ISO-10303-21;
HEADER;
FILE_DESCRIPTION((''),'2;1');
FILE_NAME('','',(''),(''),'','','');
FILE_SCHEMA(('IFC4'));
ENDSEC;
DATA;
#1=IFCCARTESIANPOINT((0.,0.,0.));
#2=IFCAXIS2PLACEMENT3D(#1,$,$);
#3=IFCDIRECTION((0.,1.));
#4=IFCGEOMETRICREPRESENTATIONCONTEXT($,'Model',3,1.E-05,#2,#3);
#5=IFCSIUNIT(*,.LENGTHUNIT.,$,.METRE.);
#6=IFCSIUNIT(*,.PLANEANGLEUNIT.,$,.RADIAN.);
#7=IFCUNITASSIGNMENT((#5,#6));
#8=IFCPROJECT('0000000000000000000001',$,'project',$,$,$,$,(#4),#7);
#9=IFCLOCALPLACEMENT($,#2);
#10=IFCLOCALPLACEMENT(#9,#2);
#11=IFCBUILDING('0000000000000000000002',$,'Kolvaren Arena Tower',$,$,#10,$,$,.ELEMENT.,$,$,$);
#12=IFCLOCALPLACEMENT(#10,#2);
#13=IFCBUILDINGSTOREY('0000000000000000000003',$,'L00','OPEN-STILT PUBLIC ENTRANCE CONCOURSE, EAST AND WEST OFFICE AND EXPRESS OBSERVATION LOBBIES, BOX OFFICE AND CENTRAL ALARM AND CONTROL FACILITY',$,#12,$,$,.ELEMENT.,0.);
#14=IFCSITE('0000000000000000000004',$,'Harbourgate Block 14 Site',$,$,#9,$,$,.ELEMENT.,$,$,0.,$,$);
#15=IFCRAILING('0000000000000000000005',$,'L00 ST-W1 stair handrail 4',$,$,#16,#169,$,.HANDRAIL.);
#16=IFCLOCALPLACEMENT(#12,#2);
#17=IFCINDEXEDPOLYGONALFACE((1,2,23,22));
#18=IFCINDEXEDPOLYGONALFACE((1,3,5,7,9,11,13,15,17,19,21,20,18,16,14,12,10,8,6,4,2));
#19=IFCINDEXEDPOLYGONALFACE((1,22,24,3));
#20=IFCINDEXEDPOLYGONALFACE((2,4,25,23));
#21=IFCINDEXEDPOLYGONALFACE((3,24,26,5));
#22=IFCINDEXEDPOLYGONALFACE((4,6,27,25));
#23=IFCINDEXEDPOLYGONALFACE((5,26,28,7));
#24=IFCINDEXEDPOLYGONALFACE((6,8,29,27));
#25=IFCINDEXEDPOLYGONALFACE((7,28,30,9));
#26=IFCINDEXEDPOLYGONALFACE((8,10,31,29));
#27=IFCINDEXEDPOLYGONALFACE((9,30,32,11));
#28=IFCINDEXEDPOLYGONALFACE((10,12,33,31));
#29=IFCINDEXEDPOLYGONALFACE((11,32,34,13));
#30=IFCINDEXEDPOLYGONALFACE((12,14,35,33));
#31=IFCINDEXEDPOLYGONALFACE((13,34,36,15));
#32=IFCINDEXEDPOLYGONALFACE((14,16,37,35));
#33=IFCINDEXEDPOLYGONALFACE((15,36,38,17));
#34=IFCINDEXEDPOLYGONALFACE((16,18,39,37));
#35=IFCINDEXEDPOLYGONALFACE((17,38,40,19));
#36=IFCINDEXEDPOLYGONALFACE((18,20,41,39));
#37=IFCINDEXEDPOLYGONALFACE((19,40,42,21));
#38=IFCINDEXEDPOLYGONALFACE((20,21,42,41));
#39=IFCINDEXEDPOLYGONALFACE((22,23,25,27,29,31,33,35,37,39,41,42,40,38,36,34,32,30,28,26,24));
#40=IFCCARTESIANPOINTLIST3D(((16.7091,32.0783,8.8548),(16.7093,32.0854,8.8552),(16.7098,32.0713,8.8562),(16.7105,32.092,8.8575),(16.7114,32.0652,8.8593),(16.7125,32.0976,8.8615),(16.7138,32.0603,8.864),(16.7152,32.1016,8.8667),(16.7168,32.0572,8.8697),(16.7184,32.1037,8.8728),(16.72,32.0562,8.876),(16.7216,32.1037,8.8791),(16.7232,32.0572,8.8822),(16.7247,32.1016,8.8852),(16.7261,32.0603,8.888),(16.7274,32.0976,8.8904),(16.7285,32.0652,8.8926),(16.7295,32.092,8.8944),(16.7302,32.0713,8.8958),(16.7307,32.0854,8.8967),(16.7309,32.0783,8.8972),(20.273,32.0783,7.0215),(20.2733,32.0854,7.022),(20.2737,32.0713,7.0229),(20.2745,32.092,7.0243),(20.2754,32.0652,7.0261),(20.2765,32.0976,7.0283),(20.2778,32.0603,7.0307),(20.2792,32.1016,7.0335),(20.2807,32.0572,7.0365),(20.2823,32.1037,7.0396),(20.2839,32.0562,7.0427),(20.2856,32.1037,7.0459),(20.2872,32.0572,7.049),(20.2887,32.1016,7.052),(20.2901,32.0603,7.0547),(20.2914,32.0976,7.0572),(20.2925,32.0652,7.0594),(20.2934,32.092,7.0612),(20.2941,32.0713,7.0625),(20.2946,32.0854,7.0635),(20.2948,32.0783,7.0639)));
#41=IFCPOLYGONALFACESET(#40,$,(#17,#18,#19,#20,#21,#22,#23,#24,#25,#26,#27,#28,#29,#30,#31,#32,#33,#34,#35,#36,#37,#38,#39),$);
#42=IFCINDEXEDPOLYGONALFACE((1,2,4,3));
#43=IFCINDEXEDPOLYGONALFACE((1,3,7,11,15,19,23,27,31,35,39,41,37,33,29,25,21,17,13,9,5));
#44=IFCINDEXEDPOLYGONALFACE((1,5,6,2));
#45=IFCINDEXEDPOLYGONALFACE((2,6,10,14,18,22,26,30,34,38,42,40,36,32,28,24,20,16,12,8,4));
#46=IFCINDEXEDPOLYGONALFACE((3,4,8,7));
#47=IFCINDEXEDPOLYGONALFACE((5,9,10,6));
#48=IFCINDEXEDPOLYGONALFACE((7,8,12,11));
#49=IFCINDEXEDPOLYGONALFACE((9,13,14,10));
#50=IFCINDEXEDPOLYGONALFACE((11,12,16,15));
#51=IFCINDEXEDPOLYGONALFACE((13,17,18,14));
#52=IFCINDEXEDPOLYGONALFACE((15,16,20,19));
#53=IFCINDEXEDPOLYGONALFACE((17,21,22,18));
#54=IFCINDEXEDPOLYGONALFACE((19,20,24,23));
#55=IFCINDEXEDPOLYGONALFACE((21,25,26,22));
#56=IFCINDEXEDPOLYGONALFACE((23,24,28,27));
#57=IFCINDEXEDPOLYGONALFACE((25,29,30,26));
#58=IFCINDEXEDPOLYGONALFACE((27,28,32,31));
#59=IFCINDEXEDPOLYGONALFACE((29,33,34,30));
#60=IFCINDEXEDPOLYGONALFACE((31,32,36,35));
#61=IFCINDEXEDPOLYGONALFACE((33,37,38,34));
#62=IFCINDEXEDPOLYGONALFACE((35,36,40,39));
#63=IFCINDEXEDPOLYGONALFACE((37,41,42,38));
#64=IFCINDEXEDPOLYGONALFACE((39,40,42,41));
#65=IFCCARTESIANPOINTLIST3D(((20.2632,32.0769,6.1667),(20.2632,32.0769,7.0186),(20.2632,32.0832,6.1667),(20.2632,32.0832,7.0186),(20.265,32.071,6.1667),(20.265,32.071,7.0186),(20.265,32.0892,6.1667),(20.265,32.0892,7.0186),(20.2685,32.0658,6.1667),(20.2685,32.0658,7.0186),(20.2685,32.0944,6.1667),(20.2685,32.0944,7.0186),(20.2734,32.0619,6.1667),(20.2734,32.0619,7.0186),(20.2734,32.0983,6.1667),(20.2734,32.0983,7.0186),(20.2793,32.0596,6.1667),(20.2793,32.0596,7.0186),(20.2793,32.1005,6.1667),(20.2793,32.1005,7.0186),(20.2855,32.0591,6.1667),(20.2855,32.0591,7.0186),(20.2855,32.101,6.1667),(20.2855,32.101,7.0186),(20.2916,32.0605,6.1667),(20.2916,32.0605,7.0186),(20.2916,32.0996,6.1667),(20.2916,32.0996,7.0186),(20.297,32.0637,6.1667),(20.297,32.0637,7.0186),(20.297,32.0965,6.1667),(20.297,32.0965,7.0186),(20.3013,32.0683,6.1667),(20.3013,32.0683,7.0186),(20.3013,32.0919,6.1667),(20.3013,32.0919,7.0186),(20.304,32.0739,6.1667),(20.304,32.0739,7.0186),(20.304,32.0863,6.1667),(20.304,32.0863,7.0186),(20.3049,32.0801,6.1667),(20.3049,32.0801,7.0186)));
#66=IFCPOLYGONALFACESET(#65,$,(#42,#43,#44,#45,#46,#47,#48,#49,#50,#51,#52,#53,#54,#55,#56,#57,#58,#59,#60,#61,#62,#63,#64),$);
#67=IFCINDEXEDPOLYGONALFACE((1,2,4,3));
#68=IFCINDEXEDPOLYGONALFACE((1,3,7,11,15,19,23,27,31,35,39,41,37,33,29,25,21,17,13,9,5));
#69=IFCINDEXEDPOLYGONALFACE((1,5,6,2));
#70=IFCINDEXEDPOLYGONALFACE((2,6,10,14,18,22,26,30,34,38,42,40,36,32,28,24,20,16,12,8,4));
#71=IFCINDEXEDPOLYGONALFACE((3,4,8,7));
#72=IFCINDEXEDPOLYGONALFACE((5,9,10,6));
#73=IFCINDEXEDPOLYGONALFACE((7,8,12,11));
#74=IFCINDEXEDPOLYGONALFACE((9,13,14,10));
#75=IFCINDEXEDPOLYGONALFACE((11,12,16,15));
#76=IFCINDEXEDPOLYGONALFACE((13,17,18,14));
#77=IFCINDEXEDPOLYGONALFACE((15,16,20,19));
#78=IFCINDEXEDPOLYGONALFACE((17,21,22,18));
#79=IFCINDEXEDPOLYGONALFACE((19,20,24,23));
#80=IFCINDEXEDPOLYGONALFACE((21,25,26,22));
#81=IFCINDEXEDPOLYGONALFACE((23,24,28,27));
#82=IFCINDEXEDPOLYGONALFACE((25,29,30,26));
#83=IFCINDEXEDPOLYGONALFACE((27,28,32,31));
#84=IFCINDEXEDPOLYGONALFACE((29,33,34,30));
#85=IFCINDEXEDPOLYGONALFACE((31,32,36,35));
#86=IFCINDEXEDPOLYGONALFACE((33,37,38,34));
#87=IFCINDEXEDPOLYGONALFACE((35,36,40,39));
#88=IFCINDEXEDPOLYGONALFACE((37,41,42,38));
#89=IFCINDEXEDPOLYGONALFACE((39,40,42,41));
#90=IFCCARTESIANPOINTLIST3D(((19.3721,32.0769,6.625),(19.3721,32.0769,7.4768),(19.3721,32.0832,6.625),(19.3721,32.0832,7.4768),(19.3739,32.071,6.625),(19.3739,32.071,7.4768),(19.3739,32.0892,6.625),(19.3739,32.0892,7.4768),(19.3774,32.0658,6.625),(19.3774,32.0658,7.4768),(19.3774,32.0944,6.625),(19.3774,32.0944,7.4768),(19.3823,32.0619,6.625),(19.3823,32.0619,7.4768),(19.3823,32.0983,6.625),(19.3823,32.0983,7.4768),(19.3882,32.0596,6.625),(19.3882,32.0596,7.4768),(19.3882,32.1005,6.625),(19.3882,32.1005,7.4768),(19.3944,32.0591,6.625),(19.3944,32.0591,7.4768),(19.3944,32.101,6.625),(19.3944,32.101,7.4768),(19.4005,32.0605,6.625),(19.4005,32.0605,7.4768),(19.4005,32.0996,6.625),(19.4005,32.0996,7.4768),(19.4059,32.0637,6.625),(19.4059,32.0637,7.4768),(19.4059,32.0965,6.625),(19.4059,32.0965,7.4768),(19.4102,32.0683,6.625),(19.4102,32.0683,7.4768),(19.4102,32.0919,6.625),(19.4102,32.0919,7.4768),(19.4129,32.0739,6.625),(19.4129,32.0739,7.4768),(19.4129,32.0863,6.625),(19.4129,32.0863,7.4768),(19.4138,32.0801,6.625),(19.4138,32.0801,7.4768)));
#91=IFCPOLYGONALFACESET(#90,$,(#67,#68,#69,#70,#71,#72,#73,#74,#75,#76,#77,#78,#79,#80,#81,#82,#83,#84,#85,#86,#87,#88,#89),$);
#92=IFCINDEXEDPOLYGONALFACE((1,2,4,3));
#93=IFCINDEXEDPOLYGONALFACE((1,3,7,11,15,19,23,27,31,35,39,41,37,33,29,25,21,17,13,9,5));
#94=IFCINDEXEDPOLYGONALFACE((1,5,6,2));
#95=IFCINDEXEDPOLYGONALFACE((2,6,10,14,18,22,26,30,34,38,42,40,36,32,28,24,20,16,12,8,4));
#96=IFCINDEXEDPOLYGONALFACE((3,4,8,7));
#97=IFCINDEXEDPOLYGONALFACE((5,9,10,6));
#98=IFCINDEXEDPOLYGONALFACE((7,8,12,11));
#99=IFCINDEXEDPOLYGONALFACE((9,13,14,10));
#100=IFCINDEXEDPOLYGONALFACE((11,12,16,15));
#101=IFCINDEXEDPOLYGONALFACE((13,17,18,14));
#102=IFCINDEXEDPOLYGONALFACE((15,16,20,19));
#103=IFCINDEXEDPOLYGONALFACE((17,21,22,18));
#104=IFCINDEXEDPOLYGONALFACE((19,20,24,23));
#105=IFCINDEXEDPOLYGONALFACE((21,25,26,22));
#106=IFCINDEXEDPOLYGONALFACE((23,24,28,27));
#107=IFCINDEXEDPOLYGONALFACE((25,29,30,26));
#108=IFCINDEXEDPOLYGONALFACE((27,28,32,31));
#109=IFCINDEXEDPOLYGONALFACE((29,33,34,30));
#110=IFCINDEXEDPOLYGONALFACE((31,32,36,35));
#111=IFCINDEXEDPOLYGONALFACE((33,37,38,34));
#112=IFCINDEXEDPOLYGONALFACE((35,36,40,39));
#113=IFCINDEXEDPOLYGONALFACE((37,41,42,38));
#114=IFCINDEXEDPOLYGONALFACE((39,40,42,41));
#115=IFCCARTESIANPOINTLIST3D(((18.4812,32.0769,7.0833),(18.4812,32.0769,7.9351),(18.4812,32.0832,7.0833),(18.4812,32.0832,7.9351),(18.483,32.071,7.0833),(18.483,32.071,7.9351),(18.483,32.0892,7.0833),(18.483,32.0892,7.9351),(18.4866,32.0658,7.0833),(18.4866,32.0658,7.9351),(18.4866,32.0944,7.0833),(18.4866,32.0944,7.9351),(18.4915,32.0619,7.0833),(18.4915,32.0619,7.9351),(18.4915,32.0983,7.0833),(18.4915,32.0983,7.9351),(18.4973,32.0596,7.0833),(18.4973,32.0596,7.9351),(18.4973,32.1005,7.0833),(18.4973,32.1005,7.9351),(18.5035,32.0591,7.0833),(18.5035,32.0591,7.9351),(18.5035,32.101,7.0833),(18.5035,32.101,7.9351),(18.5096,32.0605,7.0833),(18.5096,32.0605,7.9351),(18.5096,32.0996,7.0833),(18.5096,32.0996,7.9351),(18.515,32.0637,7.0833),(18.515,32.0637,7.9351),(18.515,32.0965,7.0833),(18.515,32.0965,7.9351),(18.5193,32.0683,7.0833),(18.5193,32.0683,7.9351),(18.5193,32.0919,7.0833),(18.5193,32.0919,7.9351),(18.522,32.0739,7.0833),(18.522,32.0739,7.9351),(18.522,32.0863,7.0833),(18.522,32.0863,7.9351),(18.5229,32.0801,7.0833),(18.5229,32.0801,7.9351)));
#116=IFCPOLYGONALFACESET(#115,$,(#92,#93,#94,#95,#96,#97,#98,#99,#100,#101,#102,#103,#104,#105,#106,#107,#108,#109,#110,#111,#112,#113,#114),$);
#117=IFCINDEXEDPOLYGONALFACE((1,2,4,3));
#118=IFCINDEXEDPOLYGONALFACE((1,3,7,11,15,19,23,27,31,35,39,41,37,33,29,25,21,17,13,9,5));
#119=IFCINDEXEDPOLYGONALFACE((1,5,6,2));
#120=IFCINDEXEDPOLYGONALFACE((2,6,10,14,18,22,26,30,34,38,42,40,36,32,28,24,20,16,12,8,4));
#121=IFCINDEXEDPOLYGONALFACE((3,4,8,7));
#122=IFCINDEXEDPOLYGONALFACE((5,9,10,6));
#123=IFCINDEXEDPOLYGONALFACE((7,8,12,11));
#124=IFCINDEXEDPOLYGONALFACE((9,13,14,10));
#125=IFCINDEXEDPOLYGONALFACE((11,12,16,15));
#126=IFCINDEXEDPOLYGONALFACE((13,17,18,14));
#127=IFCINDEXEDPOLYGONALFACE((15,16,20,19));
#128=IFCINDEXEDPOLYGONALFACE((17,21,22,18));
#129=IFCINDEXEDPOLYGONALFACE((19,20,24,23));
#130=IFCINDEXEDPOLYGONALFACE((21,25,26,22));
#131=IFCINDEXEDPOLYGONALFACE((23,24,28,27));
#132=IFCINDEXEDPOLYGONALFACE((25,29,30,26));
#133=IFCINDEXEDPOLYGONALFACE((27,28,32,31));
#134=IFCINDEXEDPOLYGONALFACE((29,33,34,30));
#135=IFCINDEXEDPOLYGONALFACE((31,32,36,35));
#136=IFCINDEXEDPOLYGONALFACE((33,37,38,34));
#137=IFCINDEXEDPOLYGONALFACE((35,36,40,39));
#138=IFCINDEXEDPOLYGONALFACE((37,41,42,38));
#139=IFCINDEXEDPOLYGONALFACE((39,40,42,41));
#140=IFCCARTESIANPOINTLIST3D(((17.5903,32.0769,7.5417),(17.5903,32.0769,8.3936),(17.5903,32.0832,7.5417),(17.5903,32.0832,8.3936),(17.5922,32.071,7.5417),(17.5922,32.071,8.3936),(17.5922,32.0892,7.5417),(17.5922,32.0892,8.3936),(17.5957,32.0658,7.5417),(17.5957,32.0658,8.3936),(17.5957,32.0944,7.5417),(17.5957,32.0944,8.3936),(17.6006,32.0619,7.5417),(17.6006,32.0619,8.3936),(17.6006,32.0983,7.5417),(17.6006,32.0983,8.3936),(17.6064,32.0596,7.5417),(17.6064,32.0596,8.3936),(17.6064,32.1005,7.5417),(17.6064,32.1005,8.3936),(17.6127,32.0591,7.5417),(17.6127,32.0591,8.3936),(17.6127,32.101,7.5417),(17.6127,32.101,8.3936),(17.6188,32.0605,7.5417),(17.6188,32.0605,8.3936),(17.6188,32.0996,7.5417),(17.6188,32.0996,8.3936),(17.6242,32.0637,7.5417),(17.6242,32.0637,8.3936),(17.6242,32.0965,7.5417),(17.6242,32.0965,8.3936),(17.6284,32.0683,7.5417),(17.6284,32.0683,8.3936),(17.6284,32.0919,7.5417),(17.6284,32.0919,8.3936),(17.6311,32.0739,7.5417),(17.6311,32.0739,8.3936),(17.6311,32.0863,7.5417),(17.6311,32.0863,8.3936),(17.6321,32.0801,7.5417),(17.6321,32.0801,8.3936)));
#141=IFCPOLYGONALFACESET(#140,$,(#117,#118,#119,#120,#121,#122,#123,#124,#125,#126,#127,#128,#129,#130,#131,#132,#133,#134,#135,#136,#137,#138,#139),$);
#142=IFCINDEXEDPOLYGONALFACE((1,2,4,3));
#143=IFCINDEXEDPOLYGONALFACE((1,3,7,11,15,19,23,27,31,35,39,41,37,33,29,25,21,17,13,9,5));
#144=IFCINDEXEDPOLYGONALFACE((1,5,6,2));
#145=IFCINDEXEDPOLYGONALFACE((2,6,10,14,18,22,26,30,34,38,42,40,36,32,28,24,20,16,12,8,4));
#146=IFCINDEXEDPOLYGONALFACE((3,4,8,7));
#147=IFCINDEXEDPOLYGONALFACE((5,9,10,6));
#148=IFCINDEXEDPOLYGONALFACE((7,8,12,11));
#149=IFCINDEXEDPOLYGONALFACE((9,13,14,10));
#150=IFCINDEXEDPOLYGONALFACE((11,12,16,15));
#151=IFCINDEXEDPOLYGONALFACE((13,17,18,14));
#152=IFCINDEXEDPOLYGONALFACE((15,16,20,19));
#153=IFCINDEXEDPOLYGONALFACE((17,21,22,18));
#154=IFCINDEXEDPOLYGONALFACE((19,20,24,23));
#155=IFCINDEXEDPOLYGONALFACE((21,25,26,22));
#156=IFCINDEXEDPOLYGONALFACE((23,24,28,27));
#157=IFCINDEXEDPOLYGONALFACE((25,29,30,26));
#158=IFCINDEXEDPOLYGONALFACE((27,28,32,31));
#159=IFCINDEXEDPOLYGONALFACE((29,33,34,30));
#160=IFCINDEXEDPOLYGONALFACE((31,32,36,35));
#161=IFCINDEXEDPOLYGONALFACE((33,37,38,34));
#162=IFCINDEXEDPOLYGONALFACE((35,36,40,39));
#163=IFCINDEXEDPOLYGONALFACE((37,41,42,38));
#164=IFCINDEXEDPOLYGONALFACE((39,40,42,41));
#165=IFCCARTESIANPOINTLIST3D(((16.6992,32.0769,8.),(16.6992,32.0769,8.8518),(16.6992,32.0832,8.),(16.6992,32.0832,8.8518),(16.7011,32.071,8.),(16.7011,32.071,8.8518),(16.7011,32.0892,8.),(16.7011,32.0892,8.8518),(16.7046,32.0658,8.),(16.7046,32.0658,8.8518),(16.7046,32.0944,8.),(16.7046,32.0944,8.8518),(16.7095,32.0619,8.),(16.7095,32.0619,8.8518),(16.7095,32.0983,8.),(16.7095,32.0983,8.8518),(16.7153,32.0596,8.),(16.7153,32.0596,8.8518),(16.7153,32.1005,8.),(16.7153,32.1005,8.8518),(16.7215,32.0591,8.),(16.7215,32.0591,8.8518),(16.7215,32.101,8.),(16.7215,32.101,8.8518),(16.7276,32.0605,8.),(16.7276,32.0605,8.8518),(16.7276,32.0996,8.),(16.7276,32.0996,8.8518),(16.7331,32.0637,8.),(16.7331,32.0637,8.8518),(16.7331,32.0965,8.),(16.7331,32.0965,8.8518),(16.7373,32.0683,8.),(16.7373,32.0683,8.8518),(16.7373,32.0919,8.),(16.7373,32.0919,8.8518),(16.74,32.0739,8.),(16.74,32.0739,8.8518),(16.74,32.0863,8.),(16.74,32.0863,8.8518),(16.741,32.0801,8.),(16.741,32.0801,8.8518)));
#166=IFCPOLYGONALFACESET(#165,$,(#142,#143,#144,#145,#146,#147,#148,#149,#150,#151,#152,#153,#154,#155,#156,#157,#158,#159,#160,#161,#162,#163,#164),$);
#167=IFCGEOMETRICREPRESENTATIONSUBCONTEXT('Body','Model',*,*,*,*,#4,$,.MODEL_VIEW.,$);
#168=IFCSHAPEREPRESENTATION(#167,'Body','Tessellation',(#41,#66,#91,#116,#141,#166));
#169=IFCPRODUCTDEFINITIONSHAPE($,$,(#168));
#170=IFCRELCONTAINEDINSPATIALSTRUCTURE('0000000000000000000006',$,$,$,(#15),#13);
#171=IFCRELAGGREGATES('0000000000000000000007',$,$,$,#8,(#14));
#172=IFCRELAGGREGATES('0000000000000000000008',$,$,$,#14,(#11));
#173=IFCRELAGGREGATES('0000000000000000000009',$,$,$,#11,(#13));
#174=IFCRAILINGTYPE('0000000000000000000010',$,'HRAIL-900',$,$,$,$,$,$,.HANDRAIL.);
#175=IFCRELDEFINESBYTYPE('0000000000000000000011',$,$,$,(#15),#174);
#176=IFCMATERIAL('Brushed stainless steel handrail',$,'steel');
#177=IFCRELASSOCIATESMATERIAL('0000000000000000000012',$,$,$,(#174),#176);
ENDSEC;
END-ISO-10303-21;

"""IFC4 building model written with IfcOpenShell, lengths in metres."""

from ifc_helpers import new_model, si_unit, direction, frame, origin, origin_2d, place, context, subcontext, project, spatial, circle, extrude, material, type_object, element, save


model = new_model("IFC4")

# Units and contexts
model_context = context("Model", 3, precision=1e-05, world=origin(), true_north=direction((0.0, 1.0)))
body_context = subcontext(model_context, "Body", "Model", "MODEL_VIEW")
ifc_project = project(units=[si_unit("LENGTHUNIT", "METRE"), si_unit("PLANEANGLEUNIT", "RADIAN")], contexts=[model_context])

# Site, building, storey
site_placement = place(None, origin())
site = spatial("IfcSite", under=ifc_project, at=site_placement, Name="Harbourgate Block 14 Site", CompositionType="ELEMENT", RefElevation=0.0)
building_placement = place(site_placement, origin())
building = spatial("IfcBuilding", under=site, at=building_placement, Name="Kolvaren Arena Tower", CompositionType="ELEMENT")
storey_placement = place(building_placement, origin())
storey = spatial("IfcBuildingStorey", under=building, at=storey_placement, Name="L00", Description="OPEN-STILT PUBLIC ENTRANCE CONCOURSE, EAST AND WEST OFFICE AND EXPRESS OBSERVATION LOBBIES, BOX OFFICE AND CENTRAL ALARM AND CONTROL FACILITY", CompositionType="ELEMENT", Elevation=0.0)

# Railing
ifc_material_1 = material(Name="Brushed stainless steel handrail", Category="steel")
railing_type_1 = type_object("IfcRailingType", Name="HRAIL-900", PredefinedType="HANDRAIL", material=ifc_material_1)
railing_1_placement = place(storey_placement, frame((20.2839, 32.0801, 6.1667)))
element("IfcRailing", 1, at=railing_1_placement, inside=storey, type_object=railing_type_1, Name="L00 ST-W1 stair handrail 4", PredefinedType="HANDRAIL", context=body_context, shape_type="SweptSolid", body=[
    extrude(circle(Radius=0.0239, at=origin_2d()), frame((0.0, 0.0, 0.876), z_axis=(-0.889252, 0.0, 0.457418), x_axis=(0.0, -1.0, 0.0)), (0.0, 0.0, 1.0), 4.0078),
    extrude(circle(Radius=0.021, at=origin_2d()), origin(), (0.0, 0.0, 1.0), 0.8518),
    extrude(circle(Radius=0.021, at=origin_2d()), frame((-0.8911, 0.0, 0.4583)), (0.0, 0.0, 1.0), 0.8518),
    extrude(circle(Radius=0.021, at=origin_2d()), frame((-1.782, 0.0, 0.9165)), (0.0, 0.0, 1.0), 0.8518),
    extrude(circle(Radius=0.021, at=origin_2d()), frame((-2.6729, 0.0, 1.375)), (0.0, 0.0, 1.0), 0.8518),
    extrude(circle(Radius=0.021, at=origin_2d()), frame((-3.564, 0.0, 1.8333)), (0.0, 0.0, 1.0), 0.8518),
])

save(model, "model.ifc")
